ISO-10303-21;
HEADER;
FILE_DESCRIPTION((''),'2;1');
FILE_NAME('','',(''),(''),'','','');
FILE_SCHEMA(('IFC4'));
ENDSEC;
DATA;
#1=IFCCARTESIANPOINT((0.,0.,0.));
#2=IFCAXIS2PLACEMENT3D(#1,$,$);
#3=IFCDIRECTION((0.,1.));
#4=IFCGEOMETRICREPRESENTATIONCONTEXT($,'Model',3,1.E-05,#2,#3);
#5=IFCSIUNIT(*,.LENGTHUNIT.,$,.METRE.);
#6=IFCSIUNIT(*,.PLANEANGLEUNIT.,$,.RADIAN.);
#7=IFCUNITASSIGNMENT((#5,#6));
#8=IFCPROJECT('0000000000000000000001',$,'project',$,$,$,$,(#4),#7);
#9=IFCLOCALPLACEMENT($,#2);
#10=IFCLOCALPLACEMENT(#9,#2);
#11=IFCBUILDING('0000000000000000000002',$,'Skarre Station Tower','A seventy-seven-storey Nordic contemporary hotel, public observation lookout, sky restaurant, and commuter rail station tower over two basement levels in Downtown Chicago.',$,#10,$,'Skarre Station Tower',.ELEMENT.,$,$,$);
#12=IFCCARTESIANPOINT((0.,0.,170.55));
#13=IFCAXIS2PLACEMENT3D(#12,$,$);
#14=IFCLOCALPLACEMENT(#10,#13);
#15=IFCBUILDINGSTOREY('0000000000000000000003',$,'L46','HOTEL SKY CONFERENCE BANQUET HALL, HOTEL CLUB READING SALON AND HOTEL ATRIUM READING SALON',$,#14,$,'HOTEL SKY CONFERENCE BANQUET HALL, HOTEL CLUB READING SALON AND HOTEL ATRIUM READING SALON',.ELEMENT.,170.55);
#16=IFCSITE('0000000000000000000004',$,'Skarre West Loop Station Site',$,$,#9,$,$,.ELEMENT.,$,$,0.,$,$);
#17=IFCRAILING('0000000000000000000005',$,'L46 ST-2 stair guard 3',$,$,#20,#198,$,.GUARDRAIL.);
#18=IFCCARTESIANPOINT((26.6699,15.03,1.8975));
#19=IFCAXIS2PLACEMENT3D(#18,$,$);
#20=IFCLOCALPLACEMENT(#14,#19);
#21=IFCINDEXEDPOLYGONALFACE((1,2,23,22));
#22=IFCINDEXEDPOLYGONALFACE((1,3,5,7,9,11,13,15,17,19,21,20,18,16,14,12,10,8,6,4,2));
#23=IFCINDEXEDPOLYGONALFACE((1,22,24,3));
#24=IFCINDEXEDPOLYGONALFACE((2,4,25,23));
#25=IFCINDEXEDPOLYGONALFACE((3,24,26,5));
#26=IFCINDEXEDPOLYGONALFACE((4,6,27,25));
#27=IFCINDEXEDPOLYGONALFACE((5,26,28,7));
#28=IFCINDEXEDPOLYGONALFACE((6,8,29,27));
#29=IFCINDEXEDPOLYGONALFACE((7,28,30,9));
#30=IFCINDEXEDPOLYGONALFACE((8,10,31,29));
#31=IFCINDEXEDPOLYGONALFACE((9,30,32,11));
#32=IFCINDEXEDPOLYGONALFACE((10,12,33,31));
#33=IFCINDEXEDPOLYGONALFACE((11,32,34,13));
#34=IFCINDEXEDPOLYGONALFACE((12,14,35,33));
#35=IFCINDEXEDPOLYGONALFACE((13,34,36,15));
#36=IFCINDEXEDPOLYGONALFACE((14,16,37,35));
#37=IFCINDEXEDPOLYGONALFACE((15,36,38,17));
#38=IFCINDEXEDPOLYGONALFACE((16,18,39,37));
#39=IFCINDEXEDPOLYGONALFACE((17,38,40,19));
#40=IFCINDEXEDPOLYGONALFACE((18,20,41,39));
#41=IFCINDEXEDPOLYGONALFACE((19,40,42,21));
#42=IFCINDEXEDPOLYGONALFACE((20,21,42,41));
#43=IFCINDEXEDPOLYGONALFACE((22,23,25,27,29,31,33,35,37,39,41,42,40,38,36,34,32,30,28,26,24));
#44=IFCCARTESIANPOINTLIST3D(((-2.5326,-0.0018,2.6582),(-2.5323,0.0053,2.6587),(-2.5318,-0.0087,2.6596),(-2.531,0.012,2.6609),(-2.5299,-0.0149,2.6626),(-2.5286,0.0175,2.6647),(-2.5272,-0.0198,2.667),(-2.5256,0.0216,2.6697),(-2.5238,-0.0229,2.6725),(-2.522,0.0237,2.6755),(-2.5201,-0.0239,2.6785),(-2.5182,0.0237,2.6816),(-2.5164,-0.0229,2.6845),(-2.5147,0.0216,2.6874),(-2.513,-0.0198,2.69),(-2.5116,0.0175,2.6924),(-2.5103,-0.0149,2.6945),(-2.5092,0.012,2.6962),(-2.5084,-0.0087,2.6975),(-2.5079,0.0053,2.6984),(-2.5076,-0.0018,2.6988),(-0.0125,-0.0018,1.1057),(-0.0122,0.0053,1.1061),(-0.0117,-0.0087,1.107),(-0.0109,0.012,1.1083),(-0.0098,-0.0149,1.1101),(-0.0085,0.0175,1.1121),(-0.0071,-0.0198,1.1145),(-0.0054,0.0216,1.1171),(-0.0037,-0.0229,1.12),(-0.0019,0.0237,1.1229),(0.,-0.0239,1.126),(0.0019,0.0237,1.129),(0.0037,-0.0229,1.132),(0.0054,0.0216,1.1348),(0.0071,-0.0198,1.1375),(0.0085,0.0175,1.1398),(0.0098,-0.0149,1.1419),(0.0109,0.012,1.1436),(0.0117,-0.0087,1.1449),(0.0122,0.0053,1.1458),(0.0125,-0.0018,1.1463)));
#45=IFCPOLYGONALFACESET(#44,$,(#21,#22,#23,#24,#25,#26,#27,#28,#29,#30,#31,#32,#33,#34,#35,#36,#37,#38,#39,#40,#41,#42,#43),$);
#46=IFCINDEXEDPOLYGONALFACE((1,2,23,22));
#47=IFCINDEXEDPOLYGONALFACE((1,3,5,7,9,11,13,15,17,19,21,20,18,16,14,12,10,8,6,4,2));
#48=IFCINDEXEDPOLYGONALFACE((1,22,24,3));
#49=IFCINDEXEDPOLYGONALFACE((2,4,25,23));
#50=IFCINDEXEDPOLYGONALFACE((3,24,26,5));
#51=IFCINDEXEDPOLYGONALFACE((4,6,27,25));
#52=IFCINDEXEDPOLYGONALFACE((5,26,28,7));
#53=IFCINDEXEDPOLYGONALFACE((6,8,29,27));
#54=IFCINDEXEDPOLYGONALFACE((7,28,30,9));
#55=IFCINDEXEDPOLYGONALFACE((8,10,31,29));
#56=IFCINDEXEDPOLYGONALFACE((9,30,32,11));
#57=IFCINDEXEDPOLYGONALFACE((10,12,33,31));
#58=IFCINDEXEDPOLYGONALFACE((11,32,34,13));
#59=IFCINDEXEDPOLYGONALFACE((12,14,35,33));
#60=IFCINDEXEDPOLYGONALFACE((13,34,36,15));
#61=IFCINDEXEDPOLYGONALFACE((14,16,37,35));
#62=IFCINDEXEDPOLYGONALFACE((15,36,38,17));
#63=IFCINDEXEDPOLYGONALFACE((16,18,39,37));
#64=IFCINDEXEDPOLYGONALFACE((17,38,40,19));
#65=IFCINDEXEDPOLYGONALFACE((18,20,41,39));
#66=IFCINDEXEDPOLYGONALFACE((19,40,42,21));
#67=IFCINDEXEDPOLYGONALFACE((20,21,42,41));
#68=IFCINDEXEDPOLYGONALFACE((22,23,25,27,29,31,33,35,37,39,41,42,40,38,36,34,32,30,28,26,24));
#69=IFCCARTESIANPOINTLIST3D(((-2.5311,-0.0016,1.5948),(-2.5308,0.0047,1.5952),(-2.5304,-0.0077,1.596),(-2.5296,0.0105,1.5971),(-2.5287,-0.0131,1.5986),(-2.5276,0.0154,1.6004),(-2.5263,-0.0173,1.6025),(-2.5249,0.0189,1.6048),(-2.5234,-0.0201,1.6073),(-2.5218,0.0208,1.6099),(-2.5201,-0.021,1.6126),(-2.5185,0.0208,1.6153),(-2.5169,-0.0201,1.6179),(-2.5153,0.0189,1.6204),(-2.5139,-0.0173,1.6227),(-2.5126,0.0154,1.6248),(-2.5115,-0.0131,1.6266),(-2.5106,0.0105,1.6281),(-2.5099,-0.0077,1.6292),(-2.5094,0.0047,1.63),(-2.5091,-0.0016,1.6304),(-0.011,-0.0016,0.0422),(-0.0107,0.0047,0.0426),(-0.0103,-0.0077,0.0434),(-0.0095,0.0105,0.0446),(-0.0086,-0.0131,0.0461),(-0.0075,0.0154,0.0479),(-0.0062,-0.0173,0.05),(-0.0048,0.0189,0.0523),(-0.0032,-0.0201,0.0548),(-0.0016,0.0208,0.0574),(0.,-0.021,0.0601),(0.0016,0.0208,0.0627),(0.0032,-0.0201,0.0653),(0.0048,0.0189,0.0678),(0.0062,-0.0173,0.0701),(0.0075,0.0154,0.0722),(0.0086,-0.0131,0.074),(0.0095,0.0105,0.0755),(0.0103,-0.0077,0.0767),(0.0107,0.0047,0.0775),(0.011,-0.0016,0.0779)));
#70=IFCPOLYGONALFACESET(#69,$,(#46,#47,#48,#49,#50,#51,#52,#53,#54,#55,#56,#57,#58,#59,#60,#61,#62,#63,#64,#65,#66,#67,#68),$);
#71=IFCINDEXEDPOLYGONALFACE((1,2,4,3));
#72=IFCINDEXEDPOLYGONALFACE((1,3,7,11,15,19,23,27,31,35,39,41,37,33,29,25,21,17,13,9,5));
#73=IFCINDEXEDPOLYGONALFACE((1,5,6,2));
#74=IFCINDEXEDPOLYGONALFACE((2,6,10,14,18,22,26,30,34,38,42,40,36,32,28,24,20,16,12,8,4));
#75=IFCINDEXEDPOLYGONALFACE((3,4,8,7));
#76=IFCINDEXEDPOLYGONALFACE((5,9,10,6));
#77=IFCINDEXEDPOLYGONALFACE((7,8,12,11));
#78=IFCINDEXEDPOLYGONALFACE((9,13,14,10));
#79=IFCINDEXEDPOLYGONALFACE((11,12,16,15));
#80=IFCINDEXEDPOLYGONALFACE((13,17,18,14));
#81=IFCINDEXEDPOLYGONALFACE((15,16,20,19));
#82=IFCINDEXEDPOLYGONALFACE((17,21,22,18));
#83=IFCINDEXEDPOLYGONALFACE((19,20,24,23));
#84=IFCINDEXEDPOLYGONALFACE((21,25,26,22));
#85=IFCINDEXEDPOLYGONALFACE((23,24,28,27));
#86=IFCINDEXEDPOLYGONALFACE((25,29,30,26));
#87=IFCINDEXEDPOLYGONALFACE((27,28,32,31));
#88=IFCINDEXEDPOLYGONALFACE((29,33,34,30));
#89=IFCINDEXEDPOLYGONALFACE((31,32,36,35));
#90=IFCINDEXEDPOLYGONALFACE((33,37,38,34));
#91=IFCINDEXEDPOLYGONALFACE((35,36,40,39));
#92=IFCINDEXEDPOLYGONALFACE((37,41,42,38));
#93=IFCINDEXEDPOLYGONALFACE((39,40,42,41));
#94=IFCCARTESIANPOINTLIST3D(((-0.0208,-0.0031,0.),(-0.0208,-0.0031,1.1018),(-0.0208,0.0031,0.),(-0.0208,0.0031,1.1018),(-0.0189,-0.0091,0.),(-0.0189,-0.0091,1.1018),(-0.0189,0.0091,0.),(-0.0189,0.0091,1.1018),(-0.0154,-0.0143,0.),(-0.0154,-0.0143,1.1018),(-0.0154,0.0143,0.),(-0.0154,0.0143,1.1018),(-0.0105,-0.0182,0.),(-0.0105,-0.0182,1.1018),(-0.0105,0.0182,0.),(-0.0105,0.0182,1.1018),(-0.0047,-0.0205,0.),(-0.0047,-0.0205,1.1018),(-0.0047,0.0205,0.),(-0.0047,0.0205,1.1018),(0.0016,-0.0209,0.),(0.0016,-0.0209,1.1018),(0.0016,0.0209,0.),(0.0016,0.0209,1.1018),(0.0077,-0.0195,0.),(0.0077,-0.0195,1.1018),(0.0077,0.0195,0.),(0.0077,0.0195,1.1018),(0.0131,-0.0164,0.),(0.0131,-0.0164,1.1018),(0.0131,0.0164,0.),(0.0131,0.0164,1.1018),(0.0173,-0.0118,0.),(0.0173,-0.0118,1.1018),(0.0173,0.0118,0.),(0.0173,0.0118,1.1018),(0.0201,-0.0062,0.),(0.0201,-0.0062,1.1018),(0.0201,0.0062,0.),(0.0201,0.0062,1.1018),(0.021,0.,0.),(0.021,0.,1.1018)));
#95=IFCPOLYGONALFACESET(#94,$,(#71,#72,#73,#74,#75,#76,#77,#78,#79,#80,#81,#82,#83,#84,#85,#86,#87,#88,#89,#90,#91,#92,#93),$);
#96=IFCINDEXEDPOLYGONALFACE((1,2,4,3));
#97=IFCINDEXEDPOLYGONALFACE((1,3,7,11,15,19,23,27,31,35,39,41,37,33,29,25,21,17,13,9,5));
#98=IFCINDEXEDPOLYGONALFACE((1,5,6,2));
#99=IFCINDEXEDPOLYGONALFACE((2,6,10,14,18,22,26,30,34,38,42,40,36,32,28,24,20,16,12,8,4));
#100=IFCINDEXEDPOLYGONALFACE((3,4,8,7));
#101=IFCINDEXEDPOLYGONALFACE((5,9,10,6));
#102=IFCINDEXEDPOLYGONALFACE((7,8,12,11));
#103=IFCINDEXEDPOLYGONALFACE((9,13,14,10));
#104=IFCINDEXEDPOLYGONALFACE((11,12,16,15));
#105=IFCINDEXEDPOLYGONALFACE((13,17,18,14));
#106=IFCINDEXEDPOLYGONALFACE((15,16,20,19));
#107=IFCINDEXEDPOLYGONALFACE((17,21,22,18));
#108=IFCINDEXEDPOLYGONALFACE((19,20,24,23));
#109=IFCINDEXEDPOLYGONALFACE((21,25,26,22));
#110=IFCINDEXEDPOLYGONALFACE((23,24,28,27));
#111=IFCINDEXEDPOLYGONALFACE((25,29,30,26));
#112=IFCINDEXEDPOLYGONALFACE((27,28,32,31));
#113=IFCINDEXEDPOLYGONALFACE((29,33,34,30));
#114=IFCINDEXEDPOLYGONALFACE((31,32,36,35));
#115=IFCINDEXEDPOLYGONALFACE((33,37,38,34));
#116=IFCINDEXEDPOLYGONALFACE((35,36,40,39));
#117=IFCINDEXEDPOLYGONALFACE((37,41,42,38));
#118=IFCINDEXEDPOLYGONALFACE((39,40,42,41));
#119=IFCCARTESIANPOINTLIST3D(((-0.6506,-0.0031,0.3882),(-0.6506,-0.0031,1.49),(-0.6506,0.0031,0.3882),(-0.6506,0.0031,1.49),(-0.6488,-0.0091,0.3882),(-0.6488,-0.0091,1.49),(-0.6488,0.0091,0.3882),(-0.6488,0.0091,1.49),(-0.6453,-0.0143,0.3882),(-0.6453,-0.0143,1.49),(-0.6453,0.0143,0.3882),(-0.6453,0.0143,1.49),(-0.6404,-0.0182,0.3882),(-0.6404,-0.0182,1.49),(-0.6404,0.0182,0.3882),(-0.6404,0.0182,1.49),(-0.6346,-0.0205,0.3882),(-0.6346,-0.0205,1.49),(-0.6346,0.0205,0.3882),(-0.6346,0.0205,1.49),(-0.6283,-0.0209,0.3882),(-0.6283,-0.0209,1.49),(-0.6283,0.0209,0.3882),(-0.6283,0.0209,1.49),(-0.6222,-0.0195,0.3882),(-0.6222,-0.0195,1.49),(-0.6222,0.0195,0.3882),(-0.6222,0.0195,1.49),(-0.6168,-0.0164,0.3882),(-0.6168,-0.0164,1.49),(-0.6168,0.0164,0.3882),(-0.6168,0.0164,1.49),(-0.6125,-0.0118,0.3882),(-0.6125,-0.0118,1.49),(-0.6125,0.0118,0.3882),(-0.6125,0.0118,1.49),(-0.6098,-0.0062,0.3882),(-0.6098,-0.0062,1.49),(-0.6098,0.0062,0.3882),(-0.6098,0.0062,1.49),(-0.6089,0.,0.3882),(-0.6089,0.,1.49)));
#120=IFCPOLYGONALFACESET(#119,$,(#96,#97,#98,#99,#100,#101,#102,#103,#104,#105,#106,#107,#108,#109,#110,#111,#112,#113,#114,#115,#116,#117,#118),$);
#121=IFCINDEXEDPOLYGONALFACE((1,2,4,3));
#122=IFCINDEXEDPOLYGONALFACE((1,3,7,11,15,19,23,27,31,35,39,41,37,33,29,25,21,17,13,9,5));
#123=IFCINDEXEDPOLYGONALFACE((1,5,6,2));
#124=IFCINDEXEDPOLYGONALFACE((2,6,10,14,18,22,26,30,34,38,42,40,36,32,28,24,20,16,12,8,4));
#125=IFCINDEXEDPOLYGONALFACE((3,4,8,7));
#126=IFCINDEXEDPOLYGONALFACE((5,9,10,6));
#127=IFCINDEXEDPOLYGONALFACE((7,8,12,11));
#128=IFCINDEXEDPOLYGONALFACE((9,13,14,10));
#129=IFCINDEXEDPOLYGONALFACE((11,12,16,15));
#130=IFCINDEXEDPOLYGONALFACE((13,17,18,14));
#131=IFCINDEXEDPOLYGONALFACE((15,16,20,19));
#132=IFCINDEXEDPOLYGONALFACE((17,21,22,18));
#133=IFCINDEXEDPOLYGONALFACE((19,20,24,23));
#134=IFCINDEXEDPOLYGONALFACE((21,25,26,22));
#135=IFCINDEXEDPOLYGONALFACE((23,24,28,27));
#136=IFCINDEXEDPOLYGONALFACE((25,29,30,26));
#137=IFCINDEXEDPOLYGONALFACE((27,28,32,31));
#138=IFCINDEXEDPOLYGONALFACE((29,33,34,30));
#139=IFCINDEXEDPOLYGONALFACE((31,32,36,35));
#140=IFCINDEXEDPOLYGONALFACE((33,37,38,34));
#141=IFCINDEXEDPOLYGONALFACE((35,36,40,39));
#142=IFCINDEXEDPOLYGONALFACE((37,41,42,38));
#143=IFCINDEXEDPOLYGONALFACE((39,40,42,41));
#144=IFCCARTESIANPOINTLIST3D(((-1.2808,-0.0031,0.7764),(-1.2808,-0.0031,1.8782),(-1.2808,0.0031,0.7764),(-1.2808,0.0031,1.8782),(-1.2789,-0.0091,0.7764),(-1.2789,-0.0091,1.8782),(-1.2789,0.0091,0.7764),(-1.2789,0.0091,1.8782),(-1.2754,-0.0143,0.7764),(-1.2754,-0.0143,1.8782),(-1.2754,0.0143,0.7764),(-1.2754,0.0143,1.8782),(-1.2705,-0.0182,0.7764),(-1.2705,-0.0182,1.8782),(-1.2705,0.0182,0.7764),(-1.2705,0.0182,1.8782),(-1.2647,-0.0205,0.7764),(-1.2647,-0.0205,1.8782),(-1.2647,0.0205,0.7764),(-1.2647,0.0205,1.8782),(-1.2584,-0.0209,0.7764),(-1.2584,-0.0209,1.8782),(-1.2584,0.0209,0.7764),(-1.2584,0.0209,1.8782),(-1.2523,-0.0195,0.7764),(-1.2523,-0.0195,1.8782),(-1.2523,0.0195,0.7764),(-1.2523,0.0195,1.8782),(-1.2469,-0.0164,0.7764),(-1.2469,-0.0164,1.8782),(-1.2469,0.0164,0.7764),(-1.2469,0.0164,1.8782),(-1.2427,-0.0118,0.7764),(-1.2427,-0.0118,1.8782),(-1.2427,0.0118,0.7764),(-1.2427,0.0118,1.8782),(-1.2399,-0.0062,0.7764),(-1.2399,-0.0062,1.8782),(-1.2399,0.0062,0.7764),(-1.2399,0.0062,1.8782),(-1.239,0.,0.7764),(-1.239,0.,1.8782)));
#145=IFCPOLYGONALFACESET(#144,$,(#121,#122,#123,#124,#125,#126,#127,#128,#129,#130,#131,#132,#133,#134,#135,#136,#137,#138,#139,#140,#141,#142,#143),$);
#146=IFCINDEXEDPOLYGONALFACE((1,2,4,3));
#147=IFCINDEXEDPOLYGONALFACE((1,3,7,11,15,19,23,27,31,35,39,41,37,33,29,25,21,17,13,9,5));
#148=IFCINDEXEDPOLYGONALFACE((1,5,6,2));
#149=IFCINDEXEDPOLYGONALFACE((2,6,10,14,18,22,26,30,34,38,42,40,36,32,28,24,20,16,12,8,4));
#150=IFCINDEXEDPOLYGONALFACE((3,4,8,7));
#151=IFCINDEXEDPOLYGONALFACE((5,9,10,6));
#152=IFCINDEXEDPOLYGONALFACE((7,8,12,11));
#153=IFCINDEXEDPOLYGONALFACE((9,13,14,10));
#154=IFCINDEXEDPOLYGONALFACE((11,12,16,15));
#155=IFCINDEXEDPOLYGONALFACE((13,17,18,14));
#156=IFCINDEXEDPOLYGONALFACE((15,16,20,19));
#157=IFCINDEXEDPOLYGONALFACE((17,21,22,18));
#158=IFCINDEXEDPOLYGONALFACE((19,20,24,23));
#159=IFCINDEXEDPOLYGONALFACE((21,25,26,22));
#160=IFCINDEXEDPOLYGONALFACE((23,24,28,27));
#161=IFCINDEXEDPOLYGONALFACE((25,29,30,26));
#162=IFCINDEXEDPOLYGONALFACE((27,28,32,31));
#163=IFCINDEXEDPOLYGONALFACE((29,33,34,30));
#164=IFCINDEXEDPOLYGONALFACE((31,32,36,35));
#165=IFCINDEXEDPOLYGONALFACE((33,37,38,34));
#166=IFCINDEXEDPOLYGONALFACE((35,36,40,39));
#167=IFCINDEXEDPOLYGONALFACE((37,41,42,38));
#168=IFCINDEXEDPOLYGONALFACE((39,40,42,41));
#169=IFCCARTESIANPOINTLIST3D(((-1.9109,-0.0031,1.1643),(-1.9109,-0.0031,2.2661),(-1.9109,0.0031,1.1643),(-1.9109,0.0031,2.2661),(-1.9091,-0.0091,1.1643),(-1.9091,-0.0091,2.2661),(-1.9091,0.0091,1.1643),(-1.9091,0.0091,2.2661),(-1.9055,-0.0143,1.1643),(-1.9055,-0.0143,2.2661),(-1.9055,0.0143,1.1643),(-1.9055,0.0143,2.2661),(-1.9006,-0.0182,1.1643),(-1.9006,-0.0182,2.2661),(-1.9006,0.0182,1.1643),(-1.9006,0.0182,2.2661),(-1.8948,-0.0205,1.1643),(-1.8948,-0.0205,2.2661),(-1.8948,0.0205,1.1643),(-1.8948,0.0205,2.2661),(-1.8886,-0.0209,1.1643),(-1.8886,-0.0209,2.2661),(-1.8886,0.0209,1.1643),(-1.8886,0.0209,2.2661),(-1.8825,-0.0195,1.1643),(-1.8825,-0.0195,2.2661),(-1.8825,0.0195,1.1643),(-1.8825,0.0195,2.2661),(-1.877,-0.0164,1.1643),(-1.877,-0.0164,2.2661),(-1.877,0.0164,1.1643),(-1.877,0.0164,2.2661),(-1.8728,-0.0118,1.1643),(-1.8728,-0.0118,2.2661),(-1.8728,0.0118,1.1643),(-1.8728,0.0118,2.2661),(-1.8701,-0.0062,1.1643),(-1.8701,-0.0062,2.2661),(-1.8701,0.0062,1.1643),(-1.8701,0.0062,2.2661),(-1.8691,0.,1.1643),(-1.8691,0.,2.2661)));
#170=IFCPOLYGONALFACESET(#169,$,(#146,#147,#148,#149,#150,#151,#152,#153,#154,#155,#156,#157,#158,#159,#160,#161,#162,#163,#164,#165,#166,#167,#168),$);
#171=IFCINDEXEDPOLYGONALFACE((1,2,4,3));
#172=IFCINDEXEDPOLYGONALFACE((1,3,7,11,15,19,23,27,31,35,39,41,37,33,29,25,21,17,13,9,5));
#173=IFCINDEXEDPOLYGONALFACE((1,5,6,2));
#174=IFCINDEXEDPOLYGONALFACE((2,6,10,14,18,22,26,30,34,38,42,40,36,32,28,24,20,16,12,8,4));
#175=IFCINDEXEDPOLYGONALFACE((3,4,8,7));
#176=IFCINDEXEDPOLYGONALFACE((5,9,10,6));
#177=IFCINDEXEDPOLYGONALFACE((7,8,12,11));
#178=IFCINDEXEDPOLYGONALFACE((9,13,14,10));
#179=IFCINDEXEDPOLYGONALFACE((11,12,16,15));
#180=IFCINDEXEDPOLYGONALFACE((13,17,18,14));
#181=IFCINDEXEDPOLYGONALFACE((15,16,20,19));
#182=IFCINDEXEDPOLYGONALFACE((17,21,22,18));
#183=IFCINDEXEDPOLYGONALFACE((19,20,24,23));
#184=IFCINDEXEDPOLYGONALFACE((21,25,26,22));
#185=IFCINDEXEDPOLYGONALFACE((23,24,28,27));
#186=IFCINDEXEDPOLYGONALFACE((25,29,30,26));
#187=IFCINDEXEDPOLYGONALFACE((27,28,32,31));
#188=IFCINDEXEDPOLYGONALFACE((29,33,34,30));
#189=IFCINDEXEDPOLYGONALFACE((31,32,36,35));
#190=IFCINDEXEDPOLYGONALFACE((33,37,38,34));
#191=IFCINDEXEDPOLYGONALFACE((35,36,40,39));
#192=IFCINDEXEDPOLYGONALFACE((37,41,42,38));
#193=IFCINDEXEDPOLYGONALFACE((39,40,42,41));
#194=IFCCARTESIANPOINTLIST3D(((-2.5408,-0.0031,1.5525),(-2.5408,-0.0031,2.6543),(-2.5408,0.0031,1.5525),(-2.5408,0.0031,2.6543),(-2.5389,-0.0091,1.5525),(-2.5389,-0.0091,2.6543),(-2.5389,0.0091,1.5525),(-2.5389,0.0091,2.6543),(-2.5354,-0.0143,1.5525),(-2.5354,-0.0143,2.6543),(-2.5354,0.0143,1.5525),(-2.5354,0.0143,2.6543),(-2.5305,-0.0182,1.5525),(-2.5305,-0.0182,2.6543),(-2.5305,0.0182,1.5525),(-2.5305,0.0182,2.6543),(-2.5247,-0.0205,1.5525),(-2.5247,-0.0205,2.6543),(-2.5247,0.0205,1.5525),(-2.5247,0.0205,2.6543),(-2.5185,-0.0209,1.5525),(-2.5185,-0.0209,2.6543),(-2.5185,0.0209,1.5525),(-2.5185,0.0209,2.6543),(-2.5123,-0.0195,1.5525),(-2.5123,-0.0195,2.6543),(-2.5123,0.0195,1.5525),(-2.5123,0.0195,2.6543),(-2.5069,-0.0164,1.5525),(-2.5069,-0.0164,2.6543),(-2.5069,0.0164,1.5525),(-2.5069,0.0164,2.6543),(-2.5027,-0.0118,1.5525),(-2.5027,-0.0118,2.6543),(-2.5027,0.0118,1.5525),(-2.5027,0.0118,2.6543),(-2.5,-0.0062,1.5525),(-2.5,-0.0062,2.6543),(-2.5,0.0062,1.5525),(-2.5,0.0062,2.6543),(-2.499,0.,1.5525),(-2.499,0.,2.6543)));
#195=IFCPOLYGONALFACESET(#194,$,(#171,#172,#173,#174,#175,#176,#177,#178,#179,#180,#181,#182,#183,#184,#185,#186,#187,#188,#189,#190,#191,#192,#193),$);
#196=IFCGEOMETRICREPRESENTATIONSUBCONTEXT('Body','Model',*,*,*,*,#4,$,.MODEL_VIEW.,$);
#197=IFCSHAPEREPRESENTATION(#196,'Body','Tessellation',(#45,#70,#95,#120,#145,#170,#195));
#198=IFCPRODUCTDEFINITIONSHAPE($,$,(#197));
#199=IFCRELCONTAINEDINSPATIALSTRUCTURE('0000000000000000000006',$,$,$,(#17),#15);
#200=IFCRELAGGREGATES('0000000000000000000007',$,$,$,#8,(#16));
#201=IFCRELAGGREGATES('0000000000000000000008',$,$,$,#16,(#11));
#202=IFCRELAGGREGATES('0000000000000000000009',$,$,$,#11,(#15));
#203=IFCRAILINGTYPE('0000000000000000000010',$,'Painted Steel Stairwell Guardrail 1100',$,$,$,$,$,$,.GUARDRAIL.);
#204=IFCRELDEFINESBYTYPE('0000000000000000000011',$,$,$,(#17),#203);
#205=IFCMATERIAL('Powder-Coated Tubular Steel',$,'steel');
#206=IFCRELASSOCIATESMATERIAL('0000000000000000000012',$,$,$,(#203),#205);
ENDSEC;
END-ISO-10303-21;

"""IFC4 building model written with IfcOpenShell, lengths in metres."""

from ifc_helpers import new_model, si_unit, direction, frame, origin, origin_2d, place, context, subcontext, project, spatial, circle, extrude, material, type_object, element, save


model = new_model("IFC4")

# Units and contexts
model_context = context("Model", 3, precision=1e-05, world=origin(), true_north=direction((0.0, 1.0)))
body_context = subcontext(model_context, "Body", "Model", "MODEL_VIEW")
ifc_project = project(units=[si_unit("LENGTHUNIT", "METRE"), si_unit("PLANEANGLEUNIT", "RADIAN")], contexts=[model_context])

# Site, building, storey
site_placement = place(None, origin())
site = spatial("IfcSite", under=ifc_project, at=site_placement, Name="Skarre West Loop Station Site", CompositionType="ELEMENT", RefElevation=0.0)
building_placement = place(site_placement, origin())
building = spatial("IfcBuilding", under=site, at=building_placement, Name="Skarre Station Tower", Description="A seventy-seven-storey Nordic contemporary hotel, public observation lookout, sky restaurant, and commuter rail station tower over two basement levels in Downtown Chicago.", LongName="Skarre Station Tower", CompositionType="ELEMENT")
storey_placement = place(building_placement, frame((0.0, 0.0, 170.55)))
storey = spatial("IfcBuildingStorey", under=building, at=storey_placement, Name="L46", Description="HOTEL SKY CONFERENCE BANQUET HALL, HOTEL CLUB READING SALON AND HOTEL ATRIUM READING SALON", LongName="HOTEL SKY CONFERENCE BANQUET HALL, HOTEL CLUB READING SALON AND HOTEL ATRIUM READING SALON", CompositionType="ELEMENT", Elevation=170.55)

# Railing
ifc_material_1 = material(Name="Powder-Coated Tubular Steel", Category="steel")
railing_type_1 = type_object("IfcRailingType", Name="Painted Steel Stairwell Guardrail 1100", PredefinedType="GUARDRAIL", material=ifc_material_1)
railing_1_placement = place(storey_placement, frame((26.6699, 15.03, 1.8975)))
element("IfcRailing", 1, at=railing_1_placement, inside=storey, type_object=railing_type_1, Name="L46 ST-2 stair guard 3", PredefinedType="GUARDRAIL", context=body_context, shape_type="SweptSolid", body=[
    extrude(circle(Radius=0.0239, at=origin_2d()), frame((0.0, 0.0, 1.126), z_axis=(-0.8514, 0.0, 0.524516), x_axis=(0.0, -1.0, 0.0)), (0.0, 0.0, 1.0), 2.96),
    extrude(circle(Radius=0.021, at=origin_2d()), frame((0.0, 0.0, 0.0601), z_axis=(-0.8514, 0.0, 0.524516), x_axis=(0.0, -1.0, 0.0)), (0.0, 0.0, 1.0), 2.96),
    extrude(circle(Radius=0.021, at=origin_2d()), origin(), (0.0, 0.0, 1.0), 1.1018),
    extrude(circle(Radius=0.021, at=origin_2d()), frame((-0.6299, 0.0, 0.3882)), (0.0, 0.0, 1.0), 1.1018),
    extrude(circle(Radius=0.021, at=origin_2d()), frame((-1.26, 0.0, 0.7764)), (0.0, 0.0, 1.0), 1.1018),
    extrude(circle(Radius=0.021, at=origin_2d()), frame((-1.8901, 0.0, 1.1643)), (0.0, 0.0, 1.0), 1.1018),
    extrude(circle(Radius=0.021, at=origin_2d()), frame((-2.52, 0.0, 1.5525)), (0.0, 0.0, 1.0), 1.1018),
])

save(model, "model.ifc")
